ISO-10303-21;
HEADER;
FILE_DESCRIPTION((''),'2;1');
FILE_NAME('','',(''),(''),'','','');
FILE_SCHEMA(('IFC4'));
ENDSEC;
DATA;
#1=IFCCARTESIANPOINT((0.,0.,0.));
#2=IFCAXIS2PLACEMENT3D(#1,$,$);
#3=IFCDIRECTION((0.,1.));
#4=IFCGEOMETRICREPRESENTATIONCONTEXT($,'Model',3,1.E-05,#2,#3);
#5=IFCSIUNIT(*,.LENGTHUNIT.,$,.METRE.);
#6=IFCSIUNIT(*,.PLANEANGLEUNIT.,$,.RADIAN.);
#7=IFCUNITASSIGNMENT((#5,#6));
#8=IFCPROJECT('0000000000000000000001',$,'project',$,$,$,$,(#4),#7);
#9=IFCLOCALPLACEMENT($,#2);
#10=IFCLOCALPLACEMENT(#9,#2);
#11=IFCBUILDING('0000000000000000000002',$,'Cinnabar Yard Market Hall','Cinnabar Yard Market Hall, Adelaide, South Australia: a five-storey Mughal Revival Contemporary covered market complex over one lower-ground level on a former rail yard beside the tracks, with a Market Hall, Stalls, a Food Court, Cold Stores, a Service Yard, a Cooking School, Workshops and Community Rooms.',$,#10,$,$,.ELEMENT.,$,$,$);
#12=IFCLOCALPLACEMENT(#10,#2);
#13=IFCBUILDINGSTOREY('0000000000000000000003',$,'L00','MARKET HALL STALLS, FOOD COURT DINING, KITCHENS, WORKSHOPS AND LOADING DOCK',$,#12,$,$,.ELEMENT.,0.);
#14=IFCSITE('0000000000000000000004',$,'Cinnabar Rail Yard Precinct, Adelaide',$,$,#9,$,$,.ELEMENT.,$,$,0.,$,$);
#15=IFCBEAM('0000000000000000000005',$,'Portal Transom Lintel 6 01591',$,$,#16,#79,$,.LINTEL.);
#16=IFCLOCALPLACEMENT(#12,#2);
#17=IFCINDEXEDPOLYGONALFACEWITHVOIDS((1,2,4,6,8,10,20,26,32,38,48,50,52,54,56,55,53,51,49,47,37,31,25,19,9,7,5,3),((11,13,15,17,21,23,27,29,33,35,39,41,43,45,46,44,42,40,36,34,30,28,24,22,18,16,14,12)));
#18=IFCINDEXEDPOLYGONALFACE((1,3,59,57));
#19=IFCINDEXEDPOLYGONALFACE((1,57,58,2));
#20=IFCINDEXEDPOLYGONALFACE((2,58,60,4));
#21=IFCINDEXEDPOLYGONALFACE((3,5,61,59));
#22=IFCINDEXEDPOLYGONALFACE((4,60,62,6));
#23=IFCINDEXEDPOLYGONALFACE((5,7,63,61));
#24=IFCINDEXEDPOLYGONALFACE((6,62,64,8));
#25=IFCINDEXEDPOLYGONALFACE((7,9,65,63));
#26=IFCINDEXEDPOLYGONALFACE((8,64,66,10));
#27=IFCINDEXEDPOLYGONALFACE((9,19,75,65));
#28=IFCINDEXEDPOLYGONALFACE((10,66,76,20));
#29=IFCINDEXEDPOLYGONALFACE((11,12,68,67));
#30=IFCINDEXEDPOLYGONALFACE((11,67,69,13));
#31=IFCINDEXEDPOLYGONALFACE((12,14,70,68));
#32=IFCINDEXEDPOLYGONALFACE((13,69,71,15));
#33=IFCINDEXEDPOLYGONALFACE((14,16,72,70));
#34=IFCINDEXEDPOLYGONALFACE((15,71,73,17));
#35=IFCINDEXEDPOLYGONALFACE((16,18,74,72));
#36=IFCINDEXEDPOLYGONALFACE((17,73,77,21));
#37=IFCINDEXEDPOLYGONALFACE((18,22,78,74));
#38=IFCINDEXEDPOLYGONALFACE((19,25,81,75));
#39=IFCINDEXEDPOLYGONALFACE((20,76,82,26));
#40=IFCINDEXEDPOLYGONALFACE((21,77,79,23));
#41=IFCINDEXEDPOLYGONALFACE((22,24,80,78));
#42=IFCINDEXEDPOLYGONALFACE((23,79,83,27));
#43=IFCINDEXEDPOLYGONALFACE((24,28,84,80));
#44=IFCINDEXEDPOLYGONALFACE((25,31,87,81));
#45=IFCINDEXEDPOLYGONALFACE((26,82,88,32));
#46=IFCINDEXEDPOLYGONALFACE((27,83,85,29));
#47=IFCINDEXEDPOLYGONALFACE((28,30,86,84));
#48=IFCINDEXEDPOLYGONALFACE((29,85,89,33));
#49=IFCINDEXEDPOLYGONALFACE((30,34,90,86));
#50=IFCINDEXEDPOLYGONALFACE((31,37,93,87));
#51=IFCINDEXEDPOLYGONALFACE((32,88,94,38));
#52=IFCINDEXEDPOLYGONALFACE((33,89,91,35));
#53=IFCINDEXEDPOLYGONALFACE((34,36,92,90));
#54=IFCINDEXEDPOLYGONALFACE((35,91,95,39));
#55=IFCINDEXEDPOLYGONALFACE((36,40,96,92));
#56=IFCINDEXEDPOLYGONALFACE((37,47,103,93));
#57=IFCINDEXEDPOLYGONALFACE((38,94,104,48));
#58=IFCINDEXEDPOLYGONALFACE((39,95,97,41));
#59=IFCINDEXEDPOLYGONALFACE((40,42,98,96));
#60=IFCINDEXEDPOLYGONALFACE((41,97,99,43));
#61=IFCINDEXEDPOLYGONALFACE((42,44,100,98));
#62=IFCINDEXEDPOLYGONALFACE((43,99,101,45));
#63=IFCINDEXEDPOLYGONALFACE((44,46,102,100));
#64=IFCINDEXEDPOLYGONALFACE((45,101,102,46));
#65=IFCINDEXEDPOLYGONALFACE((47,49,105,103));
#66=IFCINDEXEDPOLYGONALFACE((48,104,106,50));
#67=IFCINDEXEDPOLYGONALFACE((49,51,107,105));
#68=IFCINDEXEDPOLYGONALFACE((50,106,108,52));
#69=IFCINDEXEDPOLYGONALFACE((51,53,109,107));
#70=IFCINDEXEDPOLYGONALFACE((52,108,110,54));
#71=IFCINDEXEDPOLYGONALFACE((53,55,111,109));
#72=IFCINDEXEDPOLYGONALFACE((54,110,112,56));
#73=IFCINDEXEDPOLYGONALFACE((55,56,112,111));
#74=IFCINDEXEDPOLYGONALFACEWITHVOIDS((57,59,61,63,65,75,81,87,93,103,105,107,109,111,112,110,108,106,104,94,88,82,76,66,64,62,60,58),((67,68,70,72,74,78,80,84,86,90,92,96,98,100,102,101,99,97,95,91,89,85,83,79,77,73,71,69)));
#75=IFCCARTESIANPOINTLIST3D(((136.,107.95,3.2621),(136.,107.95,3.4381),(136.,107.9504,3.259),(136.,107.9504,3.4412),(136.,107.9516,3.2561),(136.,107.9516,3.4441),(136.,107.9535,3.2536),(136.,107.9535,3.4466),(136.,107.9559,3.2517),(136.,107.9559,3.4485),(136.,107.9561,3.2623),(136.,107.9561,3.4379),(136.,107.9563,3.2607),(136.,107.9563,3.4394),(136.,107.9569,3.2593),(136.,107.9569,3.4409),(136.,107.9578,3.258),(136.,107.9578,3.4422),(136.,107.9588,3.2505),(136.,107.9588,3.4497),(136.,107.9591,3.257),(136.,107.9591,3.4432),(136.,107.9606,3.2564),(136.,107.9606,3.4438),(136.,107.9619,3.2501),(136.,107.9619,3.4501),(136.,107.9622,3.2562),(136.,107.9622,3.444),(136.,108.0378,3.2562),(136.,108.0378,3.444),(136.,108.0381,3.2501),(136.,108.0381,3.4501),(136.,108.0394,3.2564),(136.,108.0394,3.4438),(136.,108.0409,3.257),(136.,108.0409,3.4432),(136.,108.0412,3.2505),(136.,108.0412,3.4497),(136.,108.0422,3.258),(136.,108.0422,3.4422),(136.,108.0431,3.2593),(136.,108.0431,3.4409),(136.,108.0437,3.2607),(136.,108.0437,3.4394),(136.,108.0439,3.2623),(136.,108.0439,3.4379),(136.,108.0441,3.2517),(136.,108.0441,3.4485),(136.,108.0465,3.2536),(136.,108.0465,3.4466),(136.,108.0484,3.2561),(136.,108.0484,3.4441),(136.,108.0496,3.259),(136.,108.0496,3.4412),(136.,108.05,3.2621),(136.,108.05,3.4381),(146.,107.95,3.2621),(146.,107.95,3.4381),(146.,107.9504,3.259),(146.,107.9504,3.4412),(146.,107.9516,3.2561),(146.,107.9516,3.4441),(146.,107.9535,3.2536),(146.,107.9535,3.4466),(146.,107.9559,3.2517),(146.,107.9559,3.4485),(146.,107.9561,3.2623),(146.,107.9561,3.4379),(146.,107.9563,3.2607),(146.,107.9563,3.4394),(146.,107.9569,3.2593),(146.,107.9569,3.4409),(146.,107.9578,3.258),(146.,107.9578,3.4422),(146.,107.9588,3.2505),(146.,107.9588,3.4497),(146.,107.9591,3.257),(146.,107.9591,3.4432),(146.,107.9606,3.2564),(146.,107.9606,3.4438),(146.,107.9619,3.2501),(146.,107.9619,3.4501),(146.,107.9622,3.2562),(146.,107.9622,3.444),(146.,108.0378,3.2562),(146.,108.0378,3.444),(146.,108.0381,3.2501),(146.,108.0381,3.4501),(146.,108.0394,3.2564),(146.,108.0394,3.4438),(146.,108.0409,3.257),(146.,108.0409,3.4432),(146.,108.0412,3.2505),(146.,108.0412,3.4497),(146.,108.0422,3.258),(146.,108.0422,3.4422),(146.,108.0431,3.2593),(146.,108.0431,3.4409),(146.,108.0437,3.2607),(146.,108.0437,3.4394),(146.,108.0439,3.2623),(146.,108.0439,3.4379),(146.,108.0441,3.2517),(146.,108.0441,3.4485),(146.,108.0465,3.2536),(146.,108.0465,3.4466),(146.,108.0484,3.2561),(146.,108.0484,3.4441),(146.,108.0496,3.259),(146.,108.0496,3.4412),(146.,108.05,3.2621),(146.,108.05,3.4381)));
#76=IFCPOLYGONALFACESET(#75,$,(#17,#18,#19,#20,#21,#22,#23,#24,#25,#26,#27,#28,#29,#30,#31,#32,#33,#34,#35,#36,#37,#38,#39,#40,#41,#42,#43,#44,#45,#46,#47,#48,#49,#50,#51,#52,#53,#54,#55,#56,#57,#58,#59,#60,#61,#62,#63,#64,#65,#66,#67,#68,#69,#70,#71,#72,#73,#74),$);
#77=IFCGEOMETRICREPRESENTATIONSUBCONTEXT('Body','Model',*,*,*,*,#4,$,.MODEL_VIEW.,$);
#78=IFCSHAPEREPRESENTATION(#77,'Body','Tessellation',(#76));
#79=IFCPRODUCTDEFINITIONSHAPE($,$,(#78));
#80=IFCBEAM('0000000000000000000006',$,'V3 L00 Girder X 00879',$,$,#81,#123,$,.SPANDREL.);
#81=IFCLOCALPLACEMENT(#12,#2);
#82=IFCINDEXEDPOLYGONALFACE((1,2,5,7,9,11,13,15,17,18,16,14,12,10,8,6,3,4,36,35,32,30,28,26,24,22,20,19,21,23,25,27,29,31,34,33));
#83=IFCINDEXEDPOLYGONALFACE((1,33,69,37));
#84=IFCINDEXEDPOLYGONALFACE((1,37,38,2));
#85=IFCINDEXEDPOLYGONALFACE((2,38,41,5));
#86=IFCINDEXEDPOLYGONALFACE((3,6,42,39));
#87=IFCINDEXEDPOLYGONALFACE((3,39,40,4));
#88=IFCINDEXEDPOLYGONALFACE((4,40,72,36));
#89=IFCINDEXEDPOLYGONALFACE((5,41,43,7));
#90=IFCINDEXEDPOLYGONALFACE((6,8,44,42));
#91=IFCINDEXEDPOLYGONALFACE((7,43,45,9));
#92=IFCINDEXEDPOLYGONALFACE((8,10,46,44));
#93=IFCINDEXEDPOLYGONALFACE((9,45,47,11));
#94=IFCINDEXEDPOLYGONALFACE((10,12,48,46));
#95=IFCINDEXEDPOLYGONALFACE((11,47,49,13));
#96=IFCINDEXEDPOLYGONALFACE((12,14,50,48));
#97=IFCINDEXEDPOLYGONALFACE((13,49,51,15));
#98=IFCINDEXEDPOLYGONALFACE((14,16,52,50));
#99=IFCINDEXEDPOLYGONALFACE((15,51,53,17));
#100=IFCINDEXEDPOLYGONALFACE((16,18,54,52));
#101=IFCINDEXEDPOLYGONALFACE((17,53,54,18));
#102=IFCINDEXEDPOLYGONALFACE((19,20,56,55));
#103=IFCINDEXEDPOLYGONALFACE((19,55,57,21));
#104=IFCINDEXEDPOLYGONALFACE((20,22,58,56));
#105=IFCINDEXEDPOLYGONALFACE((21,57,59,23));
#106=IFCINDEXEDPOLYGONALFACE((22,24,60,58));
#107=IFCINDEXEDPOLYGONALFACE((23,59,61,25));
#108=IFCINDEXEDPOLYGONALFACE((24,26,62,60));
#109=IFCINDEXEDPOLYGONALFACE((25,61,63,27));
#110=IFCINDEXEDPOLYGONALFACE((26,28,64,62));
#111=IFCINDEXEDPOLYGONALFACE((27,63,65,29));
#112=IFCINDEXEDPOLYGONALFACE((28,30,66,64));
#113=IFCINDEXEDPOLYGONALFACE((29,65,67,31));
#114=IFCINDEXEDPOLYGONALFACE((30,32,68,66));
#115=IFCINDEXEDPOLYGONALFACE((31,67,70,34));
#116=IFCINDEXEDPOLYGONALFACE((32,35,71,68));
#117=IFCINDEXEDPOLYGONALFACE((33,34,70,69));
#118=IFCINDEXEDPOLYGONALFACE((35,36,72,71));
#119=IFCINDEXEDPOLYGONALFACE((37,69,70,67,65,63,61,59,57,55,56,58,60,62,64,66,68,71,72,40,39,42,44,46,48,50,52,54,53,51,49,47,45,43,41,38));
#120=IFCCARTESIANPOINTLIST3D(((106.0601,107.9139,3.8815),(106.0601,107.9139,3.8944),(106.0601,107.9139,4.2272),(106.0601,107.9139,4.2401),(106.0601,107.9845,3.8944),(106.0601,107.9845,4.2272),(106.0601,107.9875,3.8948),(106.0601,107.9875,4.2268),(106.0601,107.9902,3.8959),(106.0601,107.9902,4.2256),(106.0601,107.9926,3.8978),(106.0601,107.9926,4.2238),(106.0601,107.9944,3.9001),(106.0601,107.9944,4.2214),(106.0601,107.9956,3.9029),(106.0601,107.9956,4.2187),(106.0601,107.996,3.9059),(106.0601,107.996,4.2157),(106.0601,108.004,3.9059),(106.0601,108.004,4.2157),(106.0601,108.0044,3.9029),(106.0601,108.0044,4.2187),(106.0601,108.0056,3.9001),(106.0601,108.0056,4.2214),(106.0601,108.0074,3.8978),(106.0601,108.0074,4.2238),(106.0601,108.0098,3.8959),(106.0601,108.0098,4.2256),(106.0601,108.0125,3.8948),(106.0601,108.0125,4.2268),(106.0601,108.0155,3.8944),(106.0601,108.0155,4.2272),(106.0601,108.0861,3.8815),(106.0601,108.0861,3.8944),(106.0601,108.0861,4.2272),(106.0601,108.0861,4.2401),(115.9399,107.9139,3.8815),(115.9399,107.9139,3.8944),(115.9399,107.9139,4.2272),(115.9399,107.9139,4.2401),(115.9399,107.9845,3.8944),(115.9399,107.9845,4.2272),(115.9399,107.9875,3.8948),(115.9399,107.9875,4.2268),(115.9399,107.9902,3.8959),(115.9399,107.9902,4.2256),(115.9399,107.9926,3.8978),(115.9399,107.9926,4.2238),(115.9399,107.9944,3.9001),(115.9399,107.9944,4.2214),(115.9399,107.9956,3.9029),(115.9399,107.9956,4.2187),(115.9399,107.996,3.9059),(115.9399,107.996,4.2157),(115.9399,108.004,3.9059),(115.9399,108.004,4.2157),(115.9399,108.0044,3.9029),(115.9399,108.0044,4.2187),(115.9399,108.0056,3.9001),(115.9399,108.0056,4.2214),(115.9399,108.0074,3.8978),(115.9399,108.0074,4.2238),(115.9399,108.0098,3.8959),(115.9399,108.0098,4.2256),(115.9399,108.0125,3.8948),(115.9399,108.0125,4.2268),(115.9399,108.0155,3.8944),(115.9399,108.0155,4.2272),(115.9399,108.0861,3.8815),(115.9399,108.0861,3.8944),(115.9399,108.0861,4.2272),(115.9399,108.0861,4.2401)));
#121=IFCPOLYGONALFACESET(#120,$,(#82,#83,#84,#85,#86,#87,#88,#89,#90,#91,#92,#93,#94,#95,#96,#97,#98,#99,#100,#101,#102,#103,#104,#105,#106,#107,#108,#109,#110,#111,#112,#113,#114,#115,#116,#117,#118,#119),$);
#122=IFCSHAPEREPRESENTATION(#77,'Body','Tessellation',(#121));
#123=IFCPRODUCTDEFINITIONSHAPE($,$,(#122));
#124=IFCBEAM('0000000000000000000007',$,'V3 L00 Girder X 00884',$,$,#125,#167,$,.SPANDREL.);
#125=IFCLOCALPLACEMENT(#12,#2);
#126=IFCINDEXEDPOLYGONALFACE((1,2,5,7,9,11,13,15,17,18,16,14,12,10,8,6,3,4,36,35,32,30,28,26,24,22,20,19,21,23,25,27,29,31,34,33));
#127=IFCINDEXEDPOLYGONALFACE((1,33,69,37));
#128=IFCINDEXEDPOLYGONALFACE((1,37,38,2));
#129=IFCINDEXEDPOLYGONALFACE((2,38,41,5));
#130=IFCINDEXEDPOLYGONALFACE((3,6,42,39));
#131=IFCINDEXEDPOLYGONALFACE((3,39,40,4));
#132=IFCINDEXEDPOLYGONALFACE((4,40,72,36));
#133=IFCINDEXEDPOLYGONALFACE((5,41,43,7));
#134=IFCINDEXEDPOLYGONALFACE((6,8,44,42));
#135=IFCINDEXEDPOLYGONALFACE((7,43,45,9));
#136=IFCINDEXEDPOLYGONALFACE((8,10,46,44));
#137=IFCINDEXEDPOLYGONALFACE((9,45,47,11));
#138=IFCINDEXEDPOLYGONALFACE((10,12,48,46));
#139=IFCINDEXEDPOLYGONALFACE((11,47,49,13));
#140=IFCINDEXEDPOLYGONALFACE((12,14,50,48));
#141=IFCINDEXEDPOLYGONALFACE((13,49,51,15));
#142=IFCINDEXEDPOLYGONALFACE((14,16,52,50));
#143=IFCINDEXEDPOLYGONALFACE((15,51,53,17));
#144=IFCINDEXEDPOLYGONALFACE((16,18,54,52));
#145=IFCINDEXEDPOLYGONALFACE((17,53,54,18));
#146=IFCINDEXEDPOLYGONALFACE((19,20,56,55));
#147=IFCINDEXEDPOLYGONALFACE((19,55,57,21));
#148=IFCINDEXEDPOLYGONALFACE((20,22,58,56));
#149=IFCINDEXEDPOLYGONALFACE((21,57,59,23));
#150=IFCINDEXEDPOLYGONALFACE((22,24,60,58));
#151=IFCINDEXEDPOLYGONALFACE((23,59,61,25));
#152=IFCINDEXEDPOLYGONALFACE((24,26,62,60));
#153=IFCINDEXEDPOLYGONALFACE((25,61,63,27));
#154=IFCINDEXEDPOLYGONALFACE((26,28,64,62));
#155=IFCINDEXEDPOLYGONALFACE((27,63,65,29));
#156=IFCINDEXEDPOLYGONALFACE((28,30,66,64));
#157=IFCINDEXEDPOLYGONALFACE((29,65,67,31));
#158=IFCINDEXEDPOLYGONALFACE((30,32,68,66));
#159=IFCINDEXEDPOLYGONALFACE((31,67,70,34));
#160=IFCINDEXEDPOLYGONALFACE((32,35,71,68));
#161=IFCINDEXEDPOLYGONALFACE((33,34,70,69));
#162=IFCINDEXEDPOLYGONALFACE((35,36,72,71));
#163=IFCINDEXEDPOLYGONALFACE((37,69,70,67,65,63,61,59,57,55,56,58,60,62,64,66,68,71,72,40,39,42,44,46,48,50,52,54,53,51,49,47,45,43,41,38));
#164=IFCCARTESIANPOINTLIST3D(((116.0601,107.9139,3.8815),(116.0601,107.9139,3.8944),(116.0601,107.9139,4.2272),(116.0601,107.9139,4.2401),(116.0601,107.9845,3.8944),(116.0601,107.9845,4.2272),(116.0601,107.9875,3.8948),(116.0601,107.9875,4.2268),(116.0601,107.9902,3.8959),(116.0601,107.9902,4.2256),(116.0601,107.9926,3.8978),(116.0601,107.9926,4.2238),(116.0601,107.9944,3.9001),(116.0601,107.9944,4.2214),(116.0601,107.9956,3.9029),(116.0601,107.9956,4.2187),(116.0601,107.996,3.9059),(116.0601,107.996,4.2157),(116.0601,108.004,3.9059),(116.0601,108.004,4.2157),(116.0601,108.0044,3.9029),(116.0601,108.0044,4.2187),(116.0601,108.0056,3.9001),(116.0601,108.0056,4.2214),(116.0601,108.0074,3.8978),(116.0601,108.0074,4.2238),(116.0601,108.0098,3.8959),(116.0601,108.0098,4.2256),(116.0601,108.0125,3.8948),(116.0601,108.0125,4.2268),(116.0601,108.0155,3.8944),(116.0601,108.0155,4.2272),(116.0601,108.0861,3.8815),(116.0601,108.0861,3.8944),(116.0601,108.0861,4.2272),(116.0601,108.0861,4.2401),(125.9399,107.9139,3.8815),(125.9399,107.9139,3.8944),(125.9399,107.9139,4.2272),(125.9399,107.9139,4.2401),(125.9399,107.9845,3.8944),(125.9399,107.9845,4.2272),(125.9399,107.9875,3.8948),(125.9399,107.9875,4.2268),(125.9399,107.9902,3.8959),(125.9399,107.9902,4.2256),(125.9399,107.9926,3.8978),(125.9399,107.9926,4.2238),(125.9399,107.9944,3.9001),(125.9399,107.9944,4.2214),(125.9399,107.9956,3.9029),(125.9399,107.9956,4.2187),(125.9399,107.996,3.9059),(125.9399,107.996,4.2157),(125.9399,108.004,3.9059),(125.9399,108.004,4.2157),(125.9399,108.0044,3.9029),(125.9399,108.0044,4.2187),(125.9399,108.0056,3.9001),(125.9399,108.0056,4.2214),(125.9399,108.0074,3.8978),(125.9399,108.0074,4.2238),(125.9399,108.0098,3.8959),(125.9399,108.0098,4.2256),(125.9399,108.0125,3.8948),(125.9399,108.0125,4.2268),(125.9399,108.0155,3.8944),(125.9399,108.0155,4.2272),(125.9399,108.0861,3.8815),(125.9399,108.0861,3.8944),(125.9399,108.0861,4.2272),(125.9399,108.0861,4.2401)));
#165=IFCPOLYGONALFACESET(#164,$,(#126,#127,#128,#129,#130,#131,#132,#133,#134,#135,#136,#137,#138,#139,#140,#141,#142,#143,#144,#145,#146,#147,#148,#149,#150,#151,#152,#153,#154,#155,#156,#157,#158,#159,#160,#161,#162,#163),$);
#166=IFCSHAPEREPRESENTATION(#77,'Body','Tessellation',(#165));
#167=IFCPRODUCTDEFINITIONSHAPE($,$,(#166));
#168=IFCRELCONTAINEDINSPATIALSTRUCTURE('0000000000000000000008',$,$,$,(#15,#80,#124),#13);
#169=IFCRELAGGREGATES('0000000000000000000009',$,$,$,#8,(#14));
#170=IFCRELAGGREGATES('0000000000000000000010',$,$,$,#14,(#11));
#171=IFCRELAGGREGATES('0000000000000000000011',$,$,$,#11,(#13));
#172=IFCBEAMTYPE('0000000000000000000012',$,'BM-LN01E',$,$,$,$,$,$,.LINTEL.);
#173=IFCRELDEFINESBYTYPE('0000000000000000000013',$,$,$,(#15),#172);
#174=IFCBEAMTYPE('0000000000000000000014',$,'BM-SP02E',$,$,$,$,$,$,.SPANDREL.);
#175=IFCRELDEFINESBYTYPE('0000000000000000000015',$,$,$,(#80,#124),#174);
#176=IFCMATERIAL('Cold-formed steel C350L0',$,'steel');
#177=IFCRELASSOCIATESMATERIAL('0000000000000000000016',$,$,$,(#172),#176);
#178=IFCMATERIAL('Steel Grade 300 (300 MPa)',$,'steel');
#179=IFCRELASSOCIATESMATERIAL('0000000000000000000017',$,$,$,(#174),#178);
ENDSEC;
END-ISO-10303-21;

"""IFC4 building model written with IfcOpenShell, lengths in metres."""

from ifc_helpers import new_model, si_unit, direction, frame, origin, origin_2d_with_axis, place, context, subcontext, project, spatial, hollow_rectangle, i_section, extrude, material, material_profile, profile_set, type_object, element, save


model = new_model("IFC4")

# Units and contexts
model_context = context("Model", 3, precision=1e-05, world=origin(), true_north=direction((0.0, 1.0)))
body_context = subcontext(model_context, "Body", "Model", "MODEL_VIEW")
ifc_project = project(units=[si_unit("LENGTHUNIT", "METRE"), si_unit("PLANEANGLEUNIT", "RADIAN")], contexts=[model_context])

# Site, building, storey
site_placement = place(None, origin())
site = spatial("IfcSite", under=ifc_project, at=site_placement, Name="Cinnabar Rail Yard Precinct, Adelaide", CompositionType="ELEMENT", RefElevation=0.0)
building_placement = place(site_placement, origin())
building = spatial("IfcBuilding", under=site, at=building_placement, Name="Cinnabar Yard Market Hall", Description="Cinnabar Yard Market Hall, Adelaide, South Australia: a five-storey Mughal Revival Contemporary covered market complex over one lower-ground level on a former rail yard beside the tracks, with a Market Hall, Stalls, a Food Court, Cold Stores, a Service Yard, a Cooking School, Workshops and Community Rooms.", CompositionType="ELEMENT")
storey_placement = place(building_placement, origin())
storey = spatial("IfcBuildingStorey", under=building, at=storey_placement, Name="L00", Description="MARKET HALL STALLS, FOOD COURT DINING, KITCHENS, WORKSHOPS AND LOADING DOCK", CompositionType="ELEMENT", Elevation=0.0)

# Shared definitions
ifc_material_1 = material(Name="Steel Grade 300 (300 MPa)", Category="steel")
ifc_material_2 = material(Name="Cold-formed steel C350L0", Category="steel")

# Beams
ifc_material_profile_1 = material_profile(ifc_material_2, hollow_rectangle(XDim=0.1001, YDim=0.2, WallThickness=0.0061, InnerFilletRadius=0.0061, OuterFilletRadius=0.012, at=origin_2d_with_axis()), Name="200x100x6.0RHS")
ifc_profile_set_1 = profile_set([ifc_material_profile_1], Name="Cold-formed steel C350L0")
beam_type_1 = type_object("IfcBeamType", Name="BM-LN01E", PredefinedType="LINTEL", material=ifc_profile_set_1)
for number, where, z_axis, x_axis, name in (
    (1, (136.0, 108.0, 3.3501), (1.0, 0.0, 0.0), (0.0, 1.0, 0.0), "Portal Transom Lintel 6 01591"),
):
    element("IfcBeam", number, at=place(storey_placement, frame(where, z_axis=z_axis, x_axis=x_axis)), inside=storey, type_object=beam_type_1, Name=name, PredefinedType="LINTEL", context=body_context, shape_type="SweptSolid", body=[
        extrude(hollow_rectangle(XDim=0.1001, YDim=0.2, WallThickness=0.0061, InnerFilletRadius=0.0061, OuterFilletRadius=0.012, at=origin_2d_with_axis()), origin(), (0.0, 0.0, 1.0), 10.0),
    ])
ifc_material_profile_2 = material_profile(ifc_material_1, i_section(OverallWidth=0.1721, OverallDepth=0.3586, WebThickness=0.0081, FlangeThickness=0.0129, FilletRadius=0.0115, at=origin_2d_with_axis()), Name="360UB56.7")
ifc_profile_set_2 = profile_set([ifc_material_profile_2], Name="Steel Grade 300 (300 MPa)")
beam_type_2 = type_object("IfcBeamType", Name="BM-SP02E", PredefinedType="SPANDREL", material=ifc_profile_set_2)
for number, where, z_axis, x_axis, name in (
    (2, (106.0601, 108.0, 4.0608), (1.0, 0.0, 0.0), (0.0, 1.0, 0.0), "V3 L00 Girder X 00879"),
    (3, (116.0601, 108.0, 4.0608), (1.0, 0.0, 0.0), (0.0, 1.0, 0.0), "V3 L00 Girder X 00884"),
):
    element("IfcBeam", number, at=place(storey_placement, frame(where, z_axis=z_axis, x_axis=x_axis)), inside=storey, type_object=beam_type_2, Name=name, PredefinedType="SPANDREL", context=body_context, shape_type="SweptSolid", body=[
        extrude(i_section(OverallWidth=0.1721, OverallDepth=0.3586, WebThickness=0.0081, FlangeThickness=0.0129, FilletRadius=0.0115, at=origin_2d_with_axis()), origin(), (0.0, 0.0, 1.0), 9.8799),
    ])

save(model, "model.ifc")
